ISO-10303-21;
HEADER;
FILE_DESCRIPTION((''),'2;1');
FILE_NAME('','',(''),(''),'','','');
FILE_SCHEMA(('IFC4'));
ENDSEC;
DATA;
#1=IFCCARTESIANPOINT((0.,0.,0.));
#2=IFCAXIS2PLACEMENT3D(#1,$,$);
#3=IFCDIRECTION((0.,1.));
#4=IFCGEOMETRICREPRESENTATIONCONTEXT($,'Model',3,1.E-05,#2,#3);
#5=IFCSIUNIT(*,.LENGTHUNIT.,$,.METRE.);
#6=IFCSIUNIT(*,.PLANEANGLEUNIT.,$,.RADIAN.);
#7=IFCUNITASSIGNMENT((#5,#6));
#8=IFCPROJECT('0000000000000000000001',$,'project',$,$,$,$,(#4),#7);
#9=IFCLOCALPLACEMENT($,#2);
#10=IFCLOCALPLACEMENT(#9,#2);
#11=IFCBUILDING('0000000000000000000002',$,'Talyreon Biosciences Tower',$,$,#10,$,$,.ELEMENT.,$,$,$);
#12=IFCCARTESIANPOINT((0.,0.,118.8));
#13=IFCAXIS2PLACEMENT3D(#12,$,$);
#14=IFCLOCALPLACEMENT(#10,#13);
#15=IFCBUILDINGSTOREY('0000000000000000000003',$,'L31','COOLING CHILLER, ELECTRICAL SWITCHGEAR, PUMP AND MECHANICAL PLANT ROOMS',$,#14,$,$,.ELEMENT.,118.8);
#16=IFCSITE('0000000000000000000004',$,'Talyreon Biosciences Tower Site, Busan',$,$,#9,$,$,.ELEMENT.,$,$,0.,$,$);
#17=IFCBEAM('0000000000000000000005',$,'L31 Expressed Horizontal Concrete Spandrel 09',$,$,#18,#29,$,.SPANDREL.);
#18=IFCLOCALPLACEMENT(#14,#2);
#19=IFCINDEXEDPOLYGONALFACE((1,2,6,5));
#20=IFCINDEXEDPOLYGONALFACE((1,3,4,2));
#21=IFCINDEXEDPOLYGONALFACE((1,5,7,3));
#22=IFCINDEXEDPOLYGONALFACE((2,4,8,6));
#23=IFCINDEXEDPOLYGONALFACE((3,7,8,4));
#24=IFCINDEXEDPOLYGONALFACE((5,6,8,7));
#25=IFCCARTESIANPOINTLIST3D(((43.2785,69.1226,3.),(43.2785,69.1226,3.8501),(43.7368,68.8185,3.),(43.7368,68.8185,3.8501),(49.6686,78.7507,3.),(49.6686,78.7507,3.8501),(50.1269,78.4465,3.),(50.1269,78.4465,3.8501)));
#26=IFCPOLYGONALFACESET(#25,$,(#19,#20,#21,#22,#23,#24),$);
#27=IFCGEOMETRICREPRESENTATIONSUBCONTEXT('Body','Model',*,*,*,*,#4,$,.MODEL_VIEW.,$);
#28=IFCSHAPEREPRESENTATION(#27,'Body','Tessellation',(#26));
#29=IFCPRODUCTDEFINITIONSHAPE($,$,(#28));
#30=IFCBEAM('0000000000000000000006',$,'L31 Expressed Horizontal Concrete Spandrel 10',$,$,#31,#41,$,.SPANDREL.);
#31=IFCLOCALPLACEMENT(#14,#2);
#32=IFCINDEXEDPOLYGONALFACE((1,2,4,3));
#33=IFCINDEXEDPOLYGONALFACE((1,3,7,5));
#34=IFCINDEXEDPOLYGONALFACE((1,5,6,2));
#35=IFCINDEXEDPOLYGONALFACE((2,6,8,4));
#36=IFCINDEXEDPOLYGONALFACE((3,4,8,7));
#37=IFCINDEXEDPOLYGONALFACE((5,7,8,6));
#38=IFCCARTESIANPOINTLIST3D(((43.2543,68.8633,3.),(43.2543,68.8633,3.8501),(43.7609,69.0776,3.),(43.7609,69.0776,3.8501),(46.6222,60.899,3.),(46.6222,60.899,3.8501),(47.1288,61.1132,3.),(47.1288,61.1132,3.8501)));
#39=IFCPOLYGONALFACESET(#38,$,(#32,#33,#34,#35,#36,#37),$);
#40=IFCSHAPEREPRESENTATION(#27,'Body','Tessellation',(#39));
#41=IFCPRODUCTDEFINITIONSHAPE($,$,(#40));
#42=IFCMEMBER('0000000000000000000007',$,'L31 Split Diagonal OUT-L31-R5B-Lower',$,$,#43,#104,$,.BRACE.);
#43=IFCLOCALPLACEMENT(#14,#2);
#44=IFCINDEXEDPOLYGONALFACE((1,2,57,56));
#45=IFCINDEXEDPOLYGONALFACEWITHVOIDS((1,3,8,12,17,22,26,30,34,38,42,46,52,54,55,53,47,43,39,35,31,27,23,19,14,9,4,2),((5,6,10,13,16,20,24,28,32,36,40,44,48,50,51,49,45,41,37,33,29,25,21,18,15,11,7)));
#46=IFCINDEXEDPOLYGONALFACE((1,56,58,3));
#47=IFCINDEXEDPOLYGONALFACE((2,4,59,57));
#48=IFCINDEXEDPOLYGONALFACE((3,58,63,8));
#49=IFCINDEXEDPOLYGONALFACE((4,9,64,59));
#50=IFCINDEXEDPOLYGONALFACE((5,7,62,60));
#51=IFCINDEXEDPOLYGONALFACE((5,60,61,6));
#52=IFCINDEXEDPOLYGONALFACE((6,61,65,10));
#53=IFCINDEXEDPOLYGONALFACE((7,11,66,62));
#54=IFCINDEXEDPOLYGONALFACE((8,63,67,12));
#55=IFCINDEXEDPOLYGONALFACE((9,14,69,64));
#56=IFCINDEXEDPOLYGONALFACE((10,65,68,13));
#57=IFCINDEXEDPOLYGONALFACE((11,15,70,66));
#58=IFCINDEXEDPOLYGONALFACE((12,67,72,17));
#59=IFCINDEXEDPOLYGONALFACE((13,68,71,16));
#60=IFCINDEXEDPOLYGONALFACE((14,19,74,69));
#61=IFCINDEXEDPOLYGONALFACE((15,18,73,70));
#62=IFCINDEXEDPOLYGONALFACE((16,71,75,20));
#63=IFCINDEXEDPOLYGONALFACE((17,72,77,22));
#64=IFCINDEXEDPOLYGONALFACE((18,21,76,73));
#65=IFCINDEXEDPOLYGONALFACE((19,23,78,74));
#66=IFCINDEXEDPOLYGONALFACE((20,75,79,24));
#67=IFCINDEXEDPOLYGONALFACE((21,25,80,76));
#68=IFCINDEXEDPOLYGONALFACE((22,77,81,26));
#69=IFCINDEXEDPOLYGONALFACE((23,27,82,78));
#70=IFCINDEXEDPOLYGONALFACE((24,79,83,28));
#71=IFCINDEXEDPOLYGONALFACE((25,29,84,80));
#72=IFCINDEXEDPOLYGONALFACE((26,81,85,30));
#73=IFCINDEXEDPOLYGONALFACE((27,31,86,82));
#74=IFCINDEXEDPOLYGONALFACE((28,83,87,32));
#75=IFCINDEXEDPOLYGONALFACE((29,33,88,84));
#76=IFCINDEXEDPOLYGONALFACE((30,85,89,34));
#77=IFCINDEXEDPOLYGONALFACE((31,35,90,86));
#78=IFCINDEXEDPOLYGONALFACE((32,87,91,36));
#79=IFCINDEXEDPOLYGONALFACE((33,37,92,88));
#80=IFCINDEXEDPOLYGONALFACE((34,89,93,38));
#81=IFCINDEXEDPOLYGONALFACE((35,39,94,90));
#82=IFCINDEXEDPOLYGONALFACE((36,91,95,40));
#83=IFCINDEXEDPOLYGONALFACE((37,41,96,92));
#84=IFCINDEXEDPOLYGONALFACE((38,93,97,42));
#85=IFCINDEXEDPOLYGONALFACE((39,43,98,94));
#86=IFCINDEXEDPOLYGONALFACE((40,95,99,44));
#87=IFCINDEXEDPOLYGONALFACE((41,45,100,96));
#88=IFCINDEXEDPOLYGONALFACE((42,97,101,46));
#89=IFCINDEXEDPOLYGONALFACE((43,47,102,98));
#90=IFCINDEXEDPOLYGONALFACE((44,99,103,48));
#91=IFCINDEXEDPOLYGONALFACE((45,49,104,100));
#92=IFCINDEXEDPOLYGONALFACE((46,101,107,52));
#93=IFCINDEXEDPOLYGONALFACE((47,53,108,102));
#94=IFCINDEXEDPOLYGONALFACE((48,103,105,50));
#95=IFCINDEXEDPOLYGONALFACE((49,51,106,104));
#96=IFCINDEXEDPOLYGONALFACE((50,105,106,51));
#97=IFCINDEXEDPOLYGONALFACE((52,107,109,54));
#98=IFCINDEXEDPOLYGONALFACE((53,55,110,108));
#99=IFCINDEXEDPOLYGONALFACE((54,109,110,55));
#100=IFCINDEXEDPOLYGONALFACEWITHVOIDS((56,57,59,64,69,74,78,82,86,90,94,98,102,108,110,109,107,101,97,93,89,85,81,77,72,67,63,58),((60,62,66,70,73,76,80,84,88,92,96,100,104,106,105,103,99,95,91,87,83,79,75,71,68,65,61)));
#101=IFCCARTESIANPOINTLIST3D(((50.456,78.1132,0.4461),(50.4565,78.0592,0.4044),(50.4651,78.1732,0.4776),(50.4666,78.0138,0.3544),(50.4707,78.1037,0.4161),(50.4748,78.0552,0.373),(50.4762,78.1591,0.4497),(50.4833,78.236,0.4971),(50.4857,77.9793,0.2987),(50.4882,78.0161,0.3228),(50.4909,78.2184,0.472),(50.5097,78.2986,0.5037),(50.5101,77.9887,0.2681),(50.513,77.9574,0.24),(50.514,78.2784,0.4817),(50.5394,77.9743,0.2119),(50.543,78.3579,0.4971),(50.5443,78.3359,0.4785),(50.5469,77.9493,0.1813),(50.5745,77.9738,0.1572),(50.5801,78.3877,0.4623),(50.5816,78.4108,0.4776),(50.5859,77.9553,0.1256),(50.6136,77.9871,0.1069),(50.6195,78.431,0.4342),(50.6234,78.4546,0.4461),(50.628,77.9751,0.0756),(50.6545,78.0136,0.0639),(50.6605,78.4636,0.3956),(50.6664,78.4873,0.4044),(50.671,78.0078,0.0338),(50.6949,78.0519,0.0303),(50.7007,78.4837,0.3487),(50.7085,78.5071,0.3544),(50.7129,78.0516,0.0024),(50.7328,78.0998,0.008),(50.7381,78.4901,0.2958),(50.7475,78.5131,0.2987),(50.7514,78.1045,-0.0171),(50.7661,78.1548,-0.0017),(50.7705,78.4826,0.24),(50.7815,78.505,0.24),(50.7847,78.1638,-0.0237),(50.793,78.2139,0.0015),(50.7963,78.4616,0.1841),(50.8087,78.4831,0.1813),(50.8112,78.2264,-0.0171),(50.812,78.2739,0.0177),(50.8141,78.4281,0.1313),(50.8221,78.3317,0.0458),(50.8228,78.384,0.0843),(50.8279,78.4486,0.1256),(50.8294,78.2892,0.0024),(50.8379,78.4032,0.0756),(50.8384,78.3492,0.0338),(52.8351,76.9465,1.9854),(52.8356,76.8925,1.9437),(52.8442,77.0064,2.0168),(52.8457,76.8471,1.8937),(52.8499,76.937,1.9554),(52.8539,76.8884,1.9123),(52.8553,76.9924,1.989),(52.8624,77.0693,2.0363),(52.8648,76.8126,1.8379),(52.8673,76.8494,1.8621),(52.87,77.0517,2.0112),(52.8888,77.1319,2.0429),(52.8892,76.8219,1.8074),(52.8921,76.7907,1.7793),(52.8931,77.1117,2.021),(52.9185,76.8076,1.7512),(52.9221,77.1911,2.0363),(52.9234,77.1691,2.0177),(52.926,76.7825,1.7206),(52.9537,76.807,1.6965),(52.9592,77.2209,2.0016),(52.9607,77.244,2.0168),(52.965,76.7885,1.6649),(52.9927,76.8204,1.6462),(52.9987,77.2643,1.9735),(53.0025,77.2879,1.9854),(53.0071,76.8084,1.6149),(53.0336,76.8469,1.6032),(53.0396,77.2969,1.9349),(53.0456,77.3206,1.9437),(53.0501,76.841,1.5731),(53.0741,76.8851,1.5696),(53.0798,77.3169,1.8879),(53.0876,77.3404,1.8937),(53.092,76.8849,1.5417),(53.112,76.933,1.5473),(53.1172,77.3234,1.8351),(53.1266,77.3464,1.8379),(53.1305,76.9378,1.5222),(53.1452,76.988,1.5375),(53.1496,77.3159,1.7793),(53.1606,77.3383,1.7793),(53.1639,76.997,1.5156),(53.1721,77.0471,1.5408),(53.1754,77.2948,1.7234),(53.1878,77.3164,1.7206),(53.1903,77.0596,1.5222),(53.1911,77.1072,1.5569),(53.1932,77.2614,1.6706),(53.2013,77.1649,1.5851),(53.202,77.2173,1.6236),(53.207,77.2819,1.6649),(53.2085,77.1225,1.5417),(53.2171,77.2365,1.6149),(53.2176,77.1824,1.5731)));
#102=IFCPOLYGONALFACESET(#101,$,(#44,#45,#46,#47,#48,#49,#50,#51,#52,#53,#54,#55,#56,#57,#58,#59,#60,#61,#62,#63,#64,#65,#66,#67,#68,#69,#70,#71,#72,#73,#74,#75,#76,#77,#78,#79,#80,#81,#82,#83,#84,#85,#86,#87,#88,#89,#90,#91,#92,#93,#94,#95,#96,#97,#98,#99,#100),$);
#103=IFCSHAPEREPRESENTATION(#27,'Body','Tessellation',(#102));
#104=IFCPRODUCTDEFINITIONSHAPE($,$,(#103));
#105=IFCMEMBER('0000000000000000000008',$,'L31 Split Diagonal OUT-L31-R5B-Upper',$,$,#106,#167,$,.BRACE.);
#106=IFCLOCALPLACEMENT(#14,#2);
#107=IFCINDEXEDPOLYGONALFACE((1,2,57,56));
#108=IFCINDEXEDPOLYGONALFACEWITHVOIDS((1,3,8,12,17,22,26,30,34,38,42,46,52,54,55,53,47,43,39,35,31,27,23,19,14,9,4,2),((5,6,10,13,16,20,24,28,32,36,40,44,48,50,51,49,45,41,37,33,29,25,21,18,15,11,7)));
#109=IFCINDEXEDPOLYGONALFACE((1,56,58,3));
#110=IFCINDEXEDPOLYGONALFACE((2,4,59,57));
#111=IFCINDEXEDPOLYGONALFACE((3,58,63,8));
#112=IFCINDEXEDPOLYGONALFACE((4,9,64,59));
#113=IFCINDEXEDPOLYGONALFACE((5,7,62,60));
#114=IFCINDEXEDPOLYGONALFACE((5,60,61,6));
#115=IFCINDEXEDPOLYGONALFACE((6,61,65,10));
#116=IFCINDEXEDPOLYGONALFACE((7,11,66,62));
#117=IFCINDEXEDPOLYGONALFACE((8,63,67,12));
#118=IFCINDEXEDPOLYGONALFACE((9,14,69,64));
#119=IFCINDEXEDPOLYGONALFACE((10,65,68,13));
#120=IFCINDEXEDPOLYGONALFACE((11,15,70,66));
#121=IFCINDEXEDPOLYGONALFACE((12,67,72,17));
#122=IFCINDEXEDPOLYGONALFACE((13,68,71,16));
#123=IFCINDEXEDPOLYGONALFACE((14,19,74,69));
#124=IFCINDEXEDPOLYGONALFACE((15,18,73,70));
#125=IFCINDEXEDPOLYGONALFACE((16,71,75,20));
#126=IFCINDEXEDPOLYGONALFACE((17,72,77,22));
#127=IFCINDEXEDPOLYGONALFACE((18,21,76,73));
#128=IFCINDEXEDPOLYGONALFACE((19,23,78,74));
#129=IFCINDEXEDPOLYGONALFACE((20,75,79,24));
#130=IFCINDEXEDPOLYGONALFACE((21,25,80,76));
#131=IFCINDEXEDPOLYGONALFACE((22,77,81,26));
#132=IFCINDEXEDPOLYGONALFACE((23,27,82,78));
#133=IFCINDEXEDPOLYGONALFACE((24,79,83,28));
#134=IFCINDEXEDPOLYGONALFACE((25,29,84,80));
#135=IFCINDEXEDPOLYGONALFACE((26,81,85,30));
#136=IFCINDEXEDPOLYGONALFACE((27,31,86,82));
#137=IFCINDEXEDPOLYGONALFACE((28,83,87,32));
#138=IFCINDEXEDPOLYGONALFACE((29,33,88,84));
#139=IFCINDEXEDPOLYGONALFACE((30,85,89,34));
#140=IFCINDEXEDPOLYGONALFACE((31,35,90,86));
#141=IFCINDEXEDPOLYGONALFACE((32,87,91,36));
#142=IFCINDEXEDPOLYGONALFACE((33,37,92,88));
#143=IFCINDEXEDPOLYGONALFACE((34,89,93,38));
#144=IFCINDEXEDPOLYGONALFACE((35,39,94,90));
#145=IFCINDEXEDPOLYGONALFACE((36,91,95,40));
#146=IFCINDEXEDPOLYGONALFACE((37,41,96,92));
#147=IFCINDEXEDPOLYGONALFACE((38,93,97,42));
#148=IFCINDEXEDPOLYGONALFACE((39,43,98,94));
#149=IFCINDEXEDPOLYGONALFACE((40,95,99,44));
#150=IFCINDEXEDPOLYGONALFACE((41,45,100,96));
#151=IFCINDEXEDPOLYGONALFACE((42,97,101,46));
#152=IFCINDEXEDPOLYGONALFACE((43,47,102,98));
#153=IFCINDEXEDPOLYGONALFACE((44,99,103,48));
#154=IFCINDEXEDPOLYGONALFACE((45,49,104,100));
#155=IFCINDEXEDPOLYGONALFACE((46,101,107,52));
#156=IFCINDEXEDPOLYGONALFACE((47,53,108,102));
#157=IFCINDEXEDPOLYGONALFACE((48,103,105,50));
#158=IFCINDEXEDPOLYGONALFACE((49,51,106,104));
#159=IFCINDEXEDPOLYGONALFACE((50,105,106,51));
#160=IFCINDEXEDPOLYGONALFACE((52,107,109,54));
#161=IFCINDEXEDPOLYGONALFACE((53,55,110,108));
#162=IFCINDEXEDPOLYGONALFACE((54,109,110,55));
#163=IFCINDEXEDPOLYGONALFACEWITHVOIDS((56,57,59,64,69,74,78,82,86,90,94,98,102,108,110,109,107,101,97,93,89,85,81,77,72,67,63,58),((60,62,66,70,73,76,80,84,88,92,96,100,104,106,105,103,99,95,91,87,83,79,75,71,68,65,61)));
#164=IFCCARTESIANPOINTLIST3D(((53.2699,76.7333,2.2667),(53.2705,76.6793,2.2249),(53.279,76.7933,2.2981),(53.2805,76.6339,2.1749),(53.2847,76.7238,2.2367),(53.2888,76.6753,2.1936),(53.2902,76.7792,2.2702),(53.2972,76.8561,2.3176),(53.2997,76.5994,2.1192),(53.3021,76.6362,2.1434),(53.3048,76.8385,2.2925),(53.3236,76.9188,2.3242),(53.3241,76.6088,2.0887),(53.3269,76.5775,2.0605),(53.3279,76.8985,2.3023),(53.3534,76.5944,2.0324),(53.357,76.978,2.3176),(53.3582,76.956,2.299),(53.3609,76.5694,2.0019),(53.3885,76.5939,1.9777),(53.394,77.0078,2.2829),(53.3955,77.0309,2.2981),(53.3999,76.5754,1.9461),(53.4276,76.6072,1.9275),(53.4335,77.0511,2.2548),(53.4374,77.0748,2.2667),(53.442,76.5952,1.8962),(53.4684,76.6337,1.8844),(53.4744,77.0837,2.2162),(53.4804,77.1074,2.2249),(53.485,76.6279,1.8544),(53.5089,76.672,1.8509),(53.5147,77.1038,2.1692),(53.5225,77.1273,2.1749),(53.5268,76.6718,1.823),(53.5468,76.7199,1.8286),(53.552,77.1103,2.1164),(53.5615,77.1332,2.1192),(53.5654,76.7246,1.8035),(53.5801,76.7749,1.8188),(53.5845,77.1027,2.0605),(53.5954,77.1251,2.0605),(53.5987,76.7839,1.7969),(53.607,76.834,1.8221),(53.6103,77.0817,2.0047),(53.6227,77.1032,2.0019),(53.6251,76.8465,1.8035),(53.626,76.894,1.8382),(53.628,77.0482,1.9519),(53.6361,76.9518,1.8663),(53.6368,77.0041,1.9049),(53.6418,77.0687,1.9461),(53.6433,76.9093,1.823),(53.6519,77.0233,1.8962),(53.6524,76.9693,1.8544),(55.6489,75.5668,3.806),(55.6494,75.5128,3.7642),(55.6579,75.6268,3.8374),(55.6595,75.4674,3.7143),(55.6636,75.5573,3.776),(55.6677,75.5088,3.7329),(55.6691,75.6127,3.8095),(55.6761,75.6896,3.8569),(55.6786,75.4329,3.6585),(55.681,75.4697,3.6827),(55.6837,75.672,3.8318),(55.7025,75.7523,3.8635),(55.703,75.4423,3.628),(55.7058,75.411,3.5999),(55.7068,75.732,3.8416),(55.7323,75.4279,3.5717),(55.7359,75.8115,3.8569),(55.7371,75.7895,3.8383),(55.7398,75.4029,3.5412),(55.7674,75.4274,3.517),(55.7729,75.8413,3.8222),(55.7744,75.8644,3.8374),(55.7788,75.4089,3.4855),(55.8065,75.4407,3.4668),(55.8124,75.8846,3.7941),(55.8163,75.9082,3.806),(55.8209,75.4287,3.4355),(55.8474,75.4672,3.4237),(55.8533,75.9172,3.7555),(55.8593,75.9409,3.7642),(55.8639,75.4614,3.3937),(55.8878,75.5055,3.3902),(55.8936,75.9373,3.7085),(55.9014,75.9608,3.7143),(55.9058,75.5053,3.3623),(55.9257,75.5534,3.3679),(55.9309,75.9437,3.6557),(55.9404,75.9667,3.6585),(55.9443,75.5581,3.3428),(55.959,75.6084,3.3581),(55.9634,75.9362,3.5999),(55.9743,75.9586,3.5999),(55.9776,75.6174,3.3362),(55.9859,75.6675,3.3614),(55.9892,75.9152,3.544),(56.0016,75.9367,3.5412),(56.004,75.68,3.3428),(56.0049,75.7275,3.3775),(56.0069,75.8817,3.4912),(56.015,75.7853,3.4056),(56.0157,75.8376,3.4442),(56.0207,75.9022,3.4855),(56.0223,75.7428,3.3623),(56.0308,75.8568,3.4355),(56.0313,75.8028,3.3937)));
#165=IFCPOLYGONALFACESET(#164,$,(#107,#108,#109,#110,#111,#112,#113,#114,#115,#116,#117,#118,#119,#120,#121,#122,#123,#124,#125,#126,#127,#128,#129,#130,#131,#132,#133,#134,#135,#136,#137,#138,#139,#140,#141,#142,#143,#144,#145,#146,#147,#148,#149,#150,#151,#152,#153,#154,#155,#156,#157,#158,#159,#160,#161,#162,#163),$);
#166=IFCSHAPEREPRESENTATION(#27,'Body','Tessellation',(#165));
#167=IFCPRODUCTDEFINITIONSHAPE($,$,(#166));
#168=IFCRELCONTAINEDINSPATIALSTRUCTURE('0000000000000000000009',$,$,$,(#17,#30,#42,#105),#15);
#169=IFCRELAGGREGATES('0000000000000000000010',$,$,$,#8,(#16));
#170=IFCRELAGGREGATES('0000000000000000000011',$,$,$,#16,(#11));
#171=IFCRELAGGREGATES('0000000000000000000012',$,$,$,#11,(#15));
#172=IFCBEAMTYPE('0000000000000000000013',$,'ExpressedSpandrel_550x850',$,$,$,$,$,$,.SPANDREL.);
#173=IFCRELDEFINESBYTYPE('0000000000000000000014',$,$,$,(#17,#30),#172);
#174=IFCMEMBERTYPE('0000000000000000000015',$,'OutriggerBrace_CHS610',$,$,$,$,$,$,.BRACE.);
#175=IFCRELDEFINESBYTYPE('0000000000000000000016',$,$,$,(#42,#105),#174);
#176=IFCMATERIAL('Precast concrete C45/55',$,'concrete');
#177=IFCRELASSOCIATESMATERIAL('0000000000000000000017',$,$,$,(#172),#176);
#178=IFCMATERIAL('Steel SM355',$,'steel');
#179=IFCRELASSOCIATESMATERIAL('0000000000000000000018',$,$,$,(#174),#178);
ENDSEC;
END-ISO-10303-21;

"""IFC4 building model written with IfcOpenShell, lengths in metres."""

from ifc_helpers import new_model, si_unit, direction, frame, origin, origin_2d, place, context, subcontext, project, spatial, rectangle, hollow_circle, extrude, material, material_profile, profile_set, type_object, element, save


model = new_model("IFC4")

# Units and contexts
model_context = context("Model", 3, precision=1e-05, world=origin(), true_north=direction((0.0, 1.0)))
body_context = subcontext(model_context, "Body", "Model", "MODEL_VIEW")
ifc_project = project(units=[si_unit("LENGTHUNIT", "METRE"), si_unit("PLANEANGLEUNIT", "RADIAN")], contexts=[model_context])

# Site, building, storey
site_placement = place(None, origin())
site = spatial("IfcSite", under=ifc_project, at=site_placement, Name="Talyreon Biosciences Tower Site, Busan", CompositionType="ELEMENT", RefElevation=0.0)
building_placement = place(site_placement, origin())
building = spatial("IfcBuilding", under=site, at=building_placement, Name="Talyreon Biosciences Tower", CompositionType="ELEMENT")
storey_placement = place(building_placement, frame((0.0, 0.0, 118.8)))
storey = spatial("IfcBuildingStorey", under=building, at=storey_placement, Name="L31", Description="COOLING CHILLER, ELECTRICAL SWITCHGEAR, PUMP AND MECHANICAL PLANT ROOMS", CompositionType="ELEMENT", Elevation=118.8)

# Shared definitions
ifc_material_1 = material(Name="Steel SM355", Category="steel")

# Beams
ifc_material_2 = material(Name="Precast concrete C45/55", Category="concrete")
ifc_material_profile_1 = material_profile(ifc_material_2, rectangle(XDim=0.55, YDim=0.8501, at=origin_2d()), Name="RCB 550x850")
ifc_profile_set_1 = profile_set([ifc_material_profile_1], Name="Precast concrete C45/55")
beam_type_1 = type_object("IfcBeamType", Name="ExpressedSpandrel_550x850", PredefinedType="SPANDREL", material=ifc_profile_set_1)
beam_1_placement = place(storey_placement, frame((49.8977, 78.5986, 3.425), z_axis=(-0.552983, -0.833193, 0.0), x_axis=(0.833193, -0.552983, 0.0)))
element("IfcBeam", 1, at=beam_1_placement, inside=storey, type_object=beam_type_1, Name="L31 Expressed Horizontal Concrete Spandrel 09", PredefinedType="SPANDREL", context=body_context, shape_type="SweptSolid", body=[
    extrude(rectangle(XDim=0.55, YDim=0.8501, at=origin_2d()), origin(), (0.0, 0.0, 1.0), 11.5557),
])
beam_2_placement = place(storey_placement, frame((43.5076, 68.9705, 3.425), z_axis=(0.389482, -0.921034, 0.0), x_axis=(0.921034, 0.389482, 0.0)))
element("IfcBeam", 2, at=beam_2_placement, inside=storey, type_object=beam_type_1, Name="L31 Expressed Horizontal Concrete Spandrel 10", PredefinedType="SPANDREL", context=body_context, shape_type="SweptSolid", body=[
    extrude(rectangle(XDim=0.55, YDim=0.8501, at=origin_2d()), origin(), (0.0, 0.0, 1.0), 8.6472),
])

# Members
ifc_material_profile_2 = material_profile(ifc_material_1, hollow_circle(Radius=0.3049, WallThickness=0.0249, at=origin_2d()), Name="CHS 610x25")
ifc_profile_set_2 = profile_set([ifc_material_profile_2], Name="Steel SM355")
member_type_1 = type_object("IfcMemberType", Name="OutriggerBrace_CHS610", PredefinedType="BRACE", material=ifc_profile_set_2)
member_1_placement = place(storey_placement, frame((50.6472, 78.2312, 0.24), z_axis=(0.77636, -0.380731, 0.502304), x_axis=(0.440309, 0.897846, 0.0)))
element("IfcMember", 3, at=member_1_placement, inside=storey, type_object=member_type_1, Name="L31 Split Diagonal OUT-L31-R5B-Lower", PredefinedType="BRACE", context=body_context, shape_type="SweptSolid", body=[
    extrude(hollow_circle(Radius=0.3049, WallThickness=0.0249, at=origin_2d()), origin(), (0.0, 0.0, 1.0), 3.0645),
])
member_2_placement = place(storey_placement, frame((53.4612, 76.8513, 2.0605), z_axis=(0.776352, -0.380687, 0.50235), x_axis=(0.440271, 0.897865, 0.0)))
element("IfcMember", 4, at=member_2_placement, inside=storey, type_object=member_type_1, Name="L31 Split Diagonal OUT-L31-R5B-Upper", PredefinedType="BRACE", context=body_context, shape_type="SweptSolid", body=[
    extrude(hollow_circle(Radius=0.3049, WallThickness=0.0249, at=origin_2d()), origin(), (0.0, 0.0, 1.0), 3.0642),
])

save(model, "model.ifc")
